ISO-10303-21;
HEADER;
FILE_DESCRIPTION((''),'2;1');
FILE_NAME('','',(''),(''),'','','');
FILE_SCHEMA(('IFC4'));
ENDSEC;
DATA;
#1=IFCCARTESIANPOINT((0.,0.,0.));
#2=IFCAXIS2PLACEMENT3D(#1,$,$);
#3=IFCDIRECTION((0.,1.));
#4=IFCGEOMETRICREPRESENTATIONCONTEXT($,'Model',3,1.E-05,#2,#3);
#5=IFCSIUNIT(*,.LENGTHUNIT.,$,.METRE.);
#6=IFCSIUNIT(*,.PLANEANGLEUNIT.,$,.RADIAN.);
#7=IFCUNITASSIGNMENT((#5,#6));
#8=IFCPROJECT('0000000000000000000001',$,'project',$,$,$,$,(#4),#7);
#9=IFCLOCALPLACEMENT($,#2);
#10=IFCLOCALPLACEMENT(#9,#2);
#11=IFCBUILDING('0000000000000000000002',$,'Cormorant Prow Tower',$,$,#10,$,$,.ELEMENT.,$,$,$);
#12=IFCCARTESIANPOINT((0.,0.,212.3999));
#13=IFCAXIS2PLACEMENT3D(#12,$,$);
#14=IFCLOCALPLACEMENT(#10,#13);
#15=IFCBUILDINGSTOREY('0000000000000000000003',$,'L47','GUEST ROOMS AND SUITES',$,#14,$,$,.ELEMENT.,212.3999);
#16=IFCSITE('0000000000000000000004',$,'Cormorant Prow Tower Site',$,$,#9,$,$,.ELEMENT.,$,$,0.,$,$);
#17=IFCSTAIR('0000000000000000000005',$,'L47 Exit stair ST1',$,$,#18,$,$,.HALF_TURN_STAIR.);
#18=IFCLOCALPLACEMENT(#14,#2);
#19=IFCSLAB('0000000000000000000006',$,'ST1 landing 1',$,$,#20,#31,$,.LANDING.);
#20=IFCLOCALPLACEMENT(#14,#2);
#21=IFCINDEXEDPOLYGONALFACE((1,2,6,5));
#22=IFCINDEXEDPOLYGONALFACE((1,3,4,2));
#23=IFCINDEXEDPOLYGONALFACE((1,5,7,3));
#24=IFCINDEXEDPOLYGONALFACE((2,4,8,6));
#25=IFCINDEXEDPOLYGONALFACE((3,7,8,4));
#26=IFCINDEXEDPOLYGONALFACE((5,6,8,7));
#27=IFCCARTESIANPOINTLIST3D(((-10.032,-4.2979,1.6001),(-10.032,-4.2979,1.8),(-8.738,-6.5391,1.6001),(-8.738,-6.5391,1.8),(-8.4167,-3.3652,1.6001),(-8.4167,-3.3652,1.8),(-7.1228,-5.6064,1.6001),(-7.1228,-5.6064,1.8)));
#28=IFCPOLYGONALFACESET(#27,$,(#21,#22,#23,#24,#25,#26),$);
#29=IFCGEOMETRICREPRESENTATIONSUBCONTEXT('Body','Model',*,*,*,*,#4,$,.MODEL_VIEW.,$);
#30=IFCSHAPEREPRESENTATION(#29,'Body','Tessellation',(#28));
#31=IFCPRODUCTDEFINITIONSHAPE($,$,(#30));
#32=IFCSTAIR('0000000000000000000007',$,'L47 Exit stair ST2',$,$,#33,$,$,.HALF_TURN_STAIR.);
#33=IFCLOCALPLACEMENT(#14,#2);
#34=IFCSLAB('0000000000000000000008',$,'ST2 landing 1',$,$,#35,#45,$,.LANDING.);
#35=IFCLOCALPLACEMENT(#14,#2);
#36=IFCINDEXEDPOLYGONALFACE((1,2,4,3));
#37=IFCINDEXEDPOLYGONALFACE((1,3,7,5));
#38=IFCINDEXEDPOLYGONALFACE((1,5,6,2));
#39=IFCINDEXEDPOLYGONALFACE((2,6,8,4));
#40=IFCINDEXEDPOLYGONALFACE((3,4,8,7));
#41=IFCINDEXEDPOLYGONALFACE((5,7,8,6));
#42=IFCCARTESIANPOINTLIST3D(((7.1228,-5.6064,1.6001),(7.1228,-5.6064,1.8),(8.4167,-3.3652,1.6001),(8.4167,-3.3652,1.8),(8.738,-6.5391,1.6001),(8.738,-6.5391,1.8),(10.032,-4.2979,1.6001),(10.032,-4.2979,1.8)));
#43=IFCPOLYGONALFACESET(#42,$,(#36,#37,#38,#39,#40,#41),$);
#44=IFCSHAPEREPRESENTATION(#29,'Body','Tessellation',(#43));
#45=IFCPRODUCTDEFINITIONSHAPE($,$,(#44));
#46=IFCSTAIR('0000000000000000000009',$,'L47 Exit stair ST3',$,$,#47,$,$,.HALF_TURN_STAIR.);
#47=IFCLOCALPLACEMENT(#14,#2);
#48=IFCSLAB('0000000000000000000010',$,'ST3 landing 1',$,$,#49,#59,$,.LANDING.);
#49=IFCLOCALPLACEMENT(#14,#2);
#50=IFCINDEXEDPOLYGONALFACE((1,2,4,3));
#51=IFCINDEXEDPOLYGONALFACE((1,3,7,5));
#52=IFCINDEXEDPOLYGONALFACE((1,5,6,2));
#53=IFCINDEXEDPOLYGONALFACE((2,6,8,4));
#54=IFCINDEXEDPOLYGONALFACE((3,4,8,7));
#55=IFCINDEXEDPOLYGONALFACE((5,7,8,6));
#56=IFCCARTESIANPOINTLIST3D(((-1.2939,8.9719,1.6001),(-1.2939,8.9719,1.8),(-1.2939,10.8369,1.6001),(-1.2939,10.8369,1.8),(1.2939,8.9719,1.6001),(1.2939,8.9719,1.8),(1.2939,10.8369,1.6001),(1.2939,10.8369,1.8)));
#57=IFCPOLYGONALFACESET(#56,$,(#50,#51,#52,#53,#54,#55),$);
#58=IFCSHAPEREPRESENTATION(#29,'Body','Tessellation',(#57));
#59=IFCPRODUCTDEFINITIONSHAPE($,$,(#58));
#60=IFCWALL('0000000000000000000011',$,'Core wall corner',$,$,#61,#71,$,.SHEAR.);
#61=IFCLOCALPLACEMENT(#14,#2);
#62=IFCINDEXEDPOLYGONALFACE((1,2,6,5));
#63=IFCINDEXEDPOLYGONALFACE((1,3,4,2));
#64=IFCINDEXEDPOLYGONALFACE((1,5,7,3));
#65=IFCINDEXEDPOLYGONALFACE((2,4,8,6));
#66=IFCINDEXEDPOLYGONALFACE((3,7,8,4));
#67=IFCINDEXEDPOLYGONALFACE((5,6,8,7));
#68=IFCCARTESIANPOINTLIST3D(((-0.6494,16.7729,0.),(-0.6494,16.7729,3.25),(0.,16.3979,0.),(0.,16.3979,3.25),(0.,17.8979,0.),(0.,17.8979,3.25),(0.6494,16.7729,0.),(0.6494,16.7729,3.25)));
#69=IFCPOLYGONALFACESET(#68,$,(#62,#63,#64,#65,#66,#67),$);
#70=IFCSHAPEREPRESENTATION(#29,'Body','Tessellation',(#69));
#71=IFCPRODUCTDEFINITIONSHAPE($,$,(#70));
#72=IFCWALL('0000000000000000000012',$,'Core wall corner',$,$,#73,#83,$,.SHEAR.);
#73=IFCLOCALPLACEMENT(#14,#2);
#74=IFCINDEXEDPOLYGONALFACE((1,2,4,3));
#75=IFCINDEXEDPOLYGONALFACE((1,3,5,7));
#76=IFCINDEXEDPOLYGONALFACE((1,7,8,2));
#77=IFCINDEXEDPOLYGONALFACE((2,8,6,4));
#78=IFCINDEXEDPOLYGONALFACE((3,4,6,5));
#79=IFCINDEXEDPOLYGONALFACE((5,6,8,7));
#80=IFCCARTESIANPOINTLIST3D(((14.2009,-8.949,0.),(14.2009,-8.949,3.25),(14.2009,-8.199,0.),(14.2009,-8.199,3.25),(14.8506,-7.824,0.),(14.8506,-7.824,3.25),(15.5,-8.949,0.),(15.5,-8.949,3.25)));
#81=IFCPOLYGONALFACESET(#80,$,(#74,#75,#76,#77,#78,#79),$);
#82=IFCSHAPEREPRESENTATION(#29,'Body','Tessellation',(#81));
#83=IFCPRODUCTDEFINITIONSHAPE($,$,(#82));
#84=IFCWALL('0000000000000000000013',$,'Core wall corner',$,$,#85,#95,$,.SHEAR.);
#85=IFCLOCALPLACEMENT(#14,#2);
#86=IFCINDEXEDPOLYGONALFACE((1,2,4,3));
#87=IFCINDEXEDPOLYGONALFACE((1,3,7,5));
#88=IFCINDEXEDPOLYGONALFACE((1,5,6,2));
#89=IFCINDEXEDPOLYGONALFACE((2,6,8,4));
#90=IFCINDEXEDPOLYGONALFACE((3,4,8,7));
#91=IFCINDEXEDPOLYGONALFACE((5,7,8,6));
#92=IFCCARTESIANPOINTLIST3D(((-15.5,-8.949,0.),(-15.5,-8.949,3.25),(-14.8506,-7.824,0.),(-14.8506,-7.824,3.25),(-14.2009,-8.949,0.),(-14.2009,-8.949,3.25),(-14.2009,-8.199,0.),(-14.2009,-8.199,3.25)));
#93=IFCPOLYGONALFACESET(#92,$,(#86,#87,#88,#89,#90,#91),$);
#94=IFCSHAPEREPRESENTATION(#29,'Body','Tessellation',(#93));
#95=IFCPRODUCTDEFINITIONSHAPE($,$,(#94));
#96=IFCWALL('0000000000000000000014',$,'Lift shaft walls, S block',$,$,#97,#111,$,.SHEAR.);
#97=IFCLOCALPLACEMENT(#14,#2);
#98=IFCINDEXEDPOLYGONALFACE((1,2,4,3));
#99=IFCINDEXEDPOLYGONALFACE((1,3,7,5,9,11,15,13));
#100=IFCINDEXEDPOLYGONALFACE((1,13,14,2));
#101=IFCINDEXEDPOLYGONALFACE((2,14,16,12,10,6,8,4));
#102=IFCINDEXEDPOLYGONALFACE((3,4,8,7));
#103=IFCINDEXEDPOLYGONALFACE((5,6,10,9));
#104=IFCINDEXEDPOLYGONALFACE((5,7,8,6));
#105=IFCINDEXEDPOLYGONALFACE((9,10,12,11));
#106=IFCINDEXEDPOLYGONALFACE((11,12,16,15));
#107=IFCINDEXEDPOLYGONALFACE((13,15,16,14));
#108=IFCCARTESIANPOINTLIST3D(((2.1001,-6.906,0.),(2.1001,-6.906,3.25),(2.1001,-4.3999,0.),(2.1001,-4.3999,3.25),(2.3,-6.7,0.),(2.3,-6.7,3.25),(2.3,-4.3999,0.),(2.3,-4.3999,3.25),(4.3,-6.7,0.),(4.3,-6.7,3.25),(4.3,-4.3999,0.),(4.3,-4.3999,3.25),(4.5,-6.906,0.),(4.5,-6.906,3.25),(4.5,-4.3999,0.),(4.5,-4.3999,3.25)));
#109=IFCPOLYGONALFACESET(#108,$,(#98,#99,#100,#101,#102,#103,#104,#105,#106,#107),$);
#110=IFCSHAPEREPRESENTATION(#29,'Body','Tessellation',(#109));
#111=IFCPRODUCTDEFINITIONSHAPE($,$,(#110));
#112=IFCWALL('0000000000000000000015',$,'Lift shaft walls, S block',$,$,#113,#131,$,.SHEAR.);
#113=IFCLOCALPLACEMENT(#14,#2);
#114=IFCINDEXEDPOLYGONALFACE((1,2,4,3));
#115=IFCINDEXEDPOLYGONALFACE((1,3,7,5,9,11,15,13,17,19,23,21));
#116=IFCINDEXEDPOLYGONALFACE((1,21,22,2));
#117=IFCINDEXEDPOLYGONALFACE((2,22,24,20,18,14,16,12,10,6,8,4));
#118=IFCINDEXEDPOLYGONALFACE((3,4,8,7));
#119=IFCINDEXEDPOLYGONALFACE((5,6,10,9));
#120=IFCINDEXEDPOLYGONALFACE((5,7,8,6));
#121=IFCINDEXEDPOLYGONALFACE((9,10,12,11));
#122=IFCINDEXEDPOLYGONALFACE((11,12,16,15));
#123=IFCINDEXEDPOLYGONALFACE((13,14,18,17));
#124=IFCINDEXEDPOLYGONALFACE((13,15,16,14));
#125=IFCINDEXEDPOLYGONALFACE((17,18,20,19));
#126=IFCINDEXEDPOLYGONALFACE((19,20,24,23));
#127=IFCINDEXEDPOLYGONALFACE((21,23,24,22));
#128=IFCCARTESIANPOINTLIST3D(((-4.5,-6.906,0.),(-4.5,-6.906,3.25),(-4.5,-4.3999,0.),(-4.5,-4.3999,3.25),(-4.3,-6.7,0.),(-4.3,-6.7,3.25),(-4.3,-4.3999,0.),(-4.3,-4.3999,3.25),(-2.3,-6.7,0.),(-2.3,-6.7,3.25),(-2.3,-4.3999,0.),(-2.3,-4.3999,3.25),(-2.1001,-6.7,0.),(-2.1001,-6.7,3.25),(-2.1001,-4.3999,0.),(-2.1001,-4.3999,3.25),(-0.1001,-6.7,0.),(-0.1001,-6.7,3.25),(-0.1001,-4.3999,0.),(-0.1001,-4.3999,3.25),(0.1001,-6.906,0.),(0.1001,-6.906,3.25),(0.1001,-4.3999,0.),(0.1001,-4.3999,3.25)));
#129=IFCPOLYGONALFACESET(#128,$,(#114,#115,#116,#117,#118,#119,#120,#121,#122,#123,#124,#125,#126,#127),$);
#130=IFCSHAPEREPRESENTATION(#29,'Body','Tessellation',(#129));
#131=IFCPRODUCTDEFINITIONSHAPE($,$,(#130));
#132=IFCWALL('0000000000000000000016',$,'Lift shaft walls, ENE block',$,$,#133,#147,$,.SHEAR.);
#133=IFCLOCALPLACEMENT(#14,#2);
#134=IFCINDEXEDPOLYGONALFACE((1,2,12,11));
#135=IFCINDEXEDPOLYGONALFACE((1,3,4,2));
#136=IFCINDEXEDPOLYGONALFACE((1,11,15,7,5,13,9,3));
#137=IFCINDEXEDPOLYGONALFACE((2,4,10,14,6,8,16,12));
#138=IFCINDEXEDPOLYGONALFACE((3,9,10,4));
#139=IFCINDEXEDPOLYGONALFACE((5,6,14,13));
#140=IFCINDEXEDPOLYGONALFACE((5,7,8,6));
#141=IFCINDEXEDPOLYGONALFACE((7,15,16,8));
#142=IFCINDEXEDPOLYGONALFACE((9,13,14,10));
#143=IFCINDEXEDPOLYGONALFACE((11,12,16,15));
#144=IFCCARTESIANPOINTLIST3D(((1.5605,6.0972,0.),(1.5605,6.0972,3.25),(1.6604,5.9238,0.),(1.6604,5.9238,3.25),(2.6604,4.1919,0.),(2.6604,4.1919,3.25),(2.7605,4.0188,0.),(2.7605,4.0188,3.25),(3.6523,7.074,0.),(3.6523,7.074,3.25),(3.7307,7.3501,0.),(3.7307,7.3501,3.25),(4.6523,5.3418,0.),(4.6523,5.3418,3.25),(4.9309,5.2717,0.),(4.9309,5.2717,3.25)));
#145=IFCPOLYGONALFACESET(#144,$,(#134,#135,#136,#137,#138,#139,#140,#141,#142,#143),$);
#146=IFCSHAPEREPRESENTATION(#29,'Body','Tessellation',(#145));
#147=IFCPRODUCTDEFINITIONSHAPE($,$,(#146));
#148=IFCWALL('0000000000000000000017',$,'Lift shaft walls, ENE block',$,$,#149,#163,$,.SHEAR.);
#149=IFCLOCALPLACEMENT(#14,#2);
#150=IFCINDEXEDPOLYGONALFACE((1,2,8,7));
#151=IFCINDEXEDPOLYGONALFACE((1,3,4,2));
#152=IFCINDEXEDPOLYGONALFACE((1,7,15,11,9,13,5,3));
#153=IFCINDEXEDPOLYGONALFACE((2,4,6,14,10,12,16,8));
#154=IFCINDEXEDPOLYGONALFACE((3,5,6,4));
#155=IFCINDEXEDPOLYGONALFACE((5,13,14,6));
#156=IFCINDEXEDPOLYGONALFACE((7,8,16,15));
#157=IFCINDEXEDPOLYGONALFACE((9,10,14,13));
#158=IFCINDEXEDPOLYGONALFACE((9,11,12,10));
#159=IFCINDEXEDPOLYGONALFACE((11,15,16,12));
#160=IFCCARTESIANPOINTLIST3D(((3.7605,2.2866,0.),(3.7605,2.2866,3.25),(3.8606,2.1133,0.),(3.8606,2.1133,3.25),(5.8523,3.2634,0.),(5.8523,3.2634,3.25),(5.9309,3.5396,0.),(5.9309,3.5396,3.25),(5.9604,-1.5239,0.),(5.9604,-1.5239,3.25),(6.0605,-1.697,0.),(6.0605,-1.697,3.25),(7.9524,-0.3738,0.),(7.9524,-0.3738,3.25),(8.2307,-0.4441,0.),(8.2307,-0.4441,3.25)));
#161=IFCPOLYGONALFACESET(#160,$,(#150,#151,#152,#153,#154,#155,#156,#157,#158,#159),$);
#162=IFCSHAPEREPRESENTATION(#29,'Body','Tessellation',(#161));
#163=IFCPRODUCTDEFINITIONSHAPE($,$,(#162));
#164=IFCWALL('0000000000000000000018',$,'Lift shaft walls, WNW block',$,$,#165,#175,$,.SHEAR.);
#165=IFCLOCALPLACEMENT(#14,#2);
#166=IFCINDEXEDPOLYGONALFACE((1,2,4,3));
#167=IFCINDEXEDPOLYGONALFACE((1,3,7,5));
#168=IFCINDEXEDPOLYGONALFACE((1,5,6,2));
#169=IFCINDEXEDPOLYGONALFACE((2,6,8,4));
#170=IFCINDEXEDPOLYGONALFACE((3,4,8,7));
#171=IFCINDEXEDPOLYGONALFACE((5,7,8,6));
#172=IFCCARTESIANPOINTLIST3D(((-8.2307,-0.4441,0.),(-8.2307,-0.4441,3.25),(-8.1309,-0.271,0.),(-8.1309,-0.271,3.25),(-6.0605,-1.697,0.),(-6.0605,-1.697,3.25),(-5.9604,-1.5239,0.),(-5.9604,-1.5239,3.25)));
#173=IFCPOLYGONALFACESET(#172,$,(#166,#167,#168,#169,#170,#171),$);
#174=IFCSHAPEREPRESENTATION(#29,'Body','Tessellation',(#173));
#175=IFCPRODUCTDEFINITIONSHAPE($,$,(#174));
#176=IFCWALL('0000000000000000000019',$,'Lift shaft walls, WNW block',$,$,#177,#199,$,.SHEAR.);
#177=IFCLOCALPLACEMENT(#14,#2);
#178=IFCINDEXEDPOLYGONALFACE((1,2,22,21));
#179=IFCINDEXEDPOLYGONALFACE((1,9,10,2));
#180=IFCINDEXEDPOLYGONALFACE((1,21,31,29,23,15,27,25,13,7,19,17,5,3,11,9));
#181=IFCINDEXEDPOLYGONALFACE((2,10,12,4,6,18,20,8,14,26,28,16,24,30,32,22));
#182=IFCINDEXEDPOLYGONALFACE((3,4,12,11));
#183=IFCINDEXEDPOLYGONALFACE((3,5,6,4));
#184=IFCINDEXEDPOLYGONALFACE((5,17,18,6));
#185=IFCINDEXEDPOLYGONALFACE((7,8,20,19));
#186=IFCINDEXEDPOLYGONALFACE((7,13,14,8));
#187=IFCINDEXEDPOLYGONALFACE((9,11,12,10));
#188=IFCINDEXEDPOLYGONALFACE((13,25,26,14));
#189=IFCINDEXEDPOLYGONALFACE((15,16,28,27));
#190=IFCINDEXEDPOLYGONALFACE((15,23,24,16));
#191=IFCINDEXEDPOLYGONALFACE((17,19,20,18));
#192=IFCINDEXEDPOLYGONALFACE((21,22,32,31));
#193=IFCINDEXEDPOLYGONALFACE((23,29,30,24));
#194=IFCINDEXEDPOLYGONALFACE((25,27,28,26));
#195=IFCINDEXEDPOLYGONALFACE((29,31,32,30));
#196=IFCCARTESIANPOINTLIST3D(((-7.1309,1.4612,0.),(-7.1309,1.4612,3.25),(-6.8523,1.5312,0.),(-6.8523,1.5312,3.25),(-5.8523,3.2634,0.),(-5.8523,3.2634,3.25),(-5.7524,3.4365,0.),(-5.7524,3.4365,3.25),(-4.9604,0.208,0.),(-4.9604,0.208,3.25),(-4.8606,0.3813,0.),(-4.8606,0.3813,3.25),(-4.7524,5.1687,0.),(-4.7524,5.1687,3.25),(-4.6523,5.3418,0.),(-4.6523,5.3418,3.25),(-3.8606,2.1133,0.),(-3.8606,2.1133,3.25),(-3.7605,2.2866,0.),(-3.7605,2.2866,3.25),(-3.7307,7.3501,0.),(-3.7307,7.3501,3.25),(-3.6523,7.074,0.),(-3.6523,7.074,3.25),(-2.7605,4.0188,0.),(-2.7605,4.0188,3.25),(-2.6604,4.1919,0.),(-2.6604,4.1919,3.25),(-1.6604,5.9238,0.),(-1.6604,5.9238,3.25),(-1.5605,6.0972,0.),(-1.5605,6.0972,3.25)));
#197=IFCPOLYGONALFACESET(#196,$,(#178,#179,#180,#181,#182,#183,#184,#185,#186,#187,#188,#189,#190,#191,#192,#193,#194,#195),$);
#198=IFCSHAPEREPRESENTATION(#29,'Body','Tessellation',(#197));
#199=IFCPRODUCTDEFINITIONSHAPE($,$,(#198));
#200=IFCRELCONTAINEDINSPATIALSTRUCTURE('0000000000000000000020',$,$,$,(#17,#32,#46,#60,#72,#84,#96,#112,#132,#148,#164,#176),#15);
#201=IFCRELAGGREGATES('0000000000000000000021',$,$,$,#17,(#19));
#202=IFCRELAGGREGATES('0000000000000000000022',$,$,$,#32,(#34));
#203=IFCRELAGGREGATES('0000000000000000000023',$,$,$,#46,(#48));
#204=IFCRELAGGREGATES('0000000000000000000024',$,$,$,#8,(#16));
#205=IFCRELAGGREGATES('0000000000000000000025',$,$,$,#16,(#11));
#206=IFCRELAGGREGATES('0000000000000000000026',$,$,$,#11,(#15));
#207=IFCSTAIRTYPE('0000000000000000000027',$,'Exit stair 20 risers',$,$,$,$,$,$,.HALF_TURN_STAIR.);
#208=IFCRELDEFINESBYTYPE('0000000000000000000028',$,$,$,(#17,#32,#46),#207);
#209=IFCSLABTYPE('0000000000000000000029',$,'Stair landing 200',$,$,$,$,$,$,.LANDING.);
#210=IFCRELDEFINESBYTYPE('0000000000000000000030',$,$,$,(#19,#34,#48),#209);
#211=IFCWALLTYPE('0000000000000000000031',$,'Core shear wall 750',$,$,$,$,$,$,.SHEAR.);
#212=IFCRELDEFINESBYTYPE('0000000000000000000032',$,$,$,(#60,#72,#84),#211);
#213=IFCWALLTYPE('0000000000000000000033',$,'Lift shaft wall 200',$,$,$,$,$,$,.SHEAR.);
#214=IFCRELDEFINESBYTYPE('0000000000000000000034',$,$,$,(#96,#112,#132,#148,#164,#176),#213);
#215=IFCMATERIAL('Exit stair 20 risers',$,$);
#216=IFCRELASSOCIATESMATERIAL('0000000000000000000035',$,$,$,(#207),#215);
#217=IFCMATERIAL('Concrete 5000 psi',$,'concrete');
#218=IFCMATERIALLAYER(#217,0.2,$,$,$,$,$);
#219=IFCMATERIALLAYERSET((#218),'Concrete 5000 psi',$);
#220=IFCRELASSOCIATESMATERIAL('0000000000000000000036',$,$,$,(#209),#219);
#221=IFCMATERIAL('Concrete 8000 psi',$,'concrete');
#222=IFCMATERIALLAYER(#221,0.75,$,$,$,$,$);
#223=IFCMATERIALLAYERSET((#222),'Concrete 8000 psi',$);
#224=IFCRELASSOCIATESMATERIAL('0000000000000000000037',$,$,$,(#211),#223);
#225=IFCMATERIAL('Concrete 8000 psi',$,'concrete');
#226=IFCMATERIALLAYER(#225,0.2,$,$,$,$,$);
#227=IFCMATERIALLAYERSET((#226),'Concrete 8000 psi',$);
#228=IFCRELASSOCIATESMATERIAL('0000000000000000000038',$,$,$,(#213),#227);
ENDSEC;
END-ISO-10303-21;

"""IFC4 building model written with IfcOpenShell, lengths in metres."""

from ifc_helpers import new_model, si_unit, direction, frame, origin, place, context, subcontext, project, spatial, polyline, outline, extrude, material, layer, layer_set, type_object, element, aggregate, save


model = new_model("IFC4")

# Units and contexts
model_context = context("Model", 3, precision=1e-05, world=origin(), true_north=direction((0.0, 1.0)))
body_context = subcontext(model_context, "Body", "Model", "MODEL_VIEW")
ifc_project = project(units=[si_unit("LENGTHUNIT", "METRE"), si_unit("PLANEANGLEUNIT", "RADIAN")], contexts=[model_context])

# Site, building, storey
site_placement = place(None, origin())
site = spatial("IfcSite", under=ifc_project, at=site_placement, Name="Cormorant Prow Tower Site", CompositionType="ELEMENT", RefElevation=0.0)
building_placement = place(site_placement, origin())
building = spatial("IfcBuilding", under=site, at=building_placement, Name="Cormorant Prow Tower", CompositionType="ELEMENT")
storey_placement = place(building_placement, frame((0.0, 0.0, 212.3999)))
storey = spatial("IfcBuildingStorey", under=building, at=storey_placement, Name="L47", Description="GUEST ROOMS AND SUITES", CompositionType="ELEMENT", Elevation=212.3999)

# Stairs, slabs
ifc_material_1 = material(Name="Exit stair 20 risers")
stair_type = type_object("IfcStairType", Name="Exit stair 20 risers", PredefinedType="HALF_TURN_STAIR", material=ifc_material_1)
stair_1_placement = place(storey_placement, origin())
stair_1 = element("IfcStair", 1, at=stair_1_placement, inside=storey, type_object=stair_type, Name="L47 Exit stair ST1", PredefinedType="HALF_TURN_STAIR")
ifc_material_2 = material(Name="Concrete 5000 psi", Category="concrete")
ifc_layer_1 = layer(ifc_material_2, 0.2)
ifc_layer_set_1 = layer_set([ifc_layer_1], Name="Concrete 5000 psi")
slab_type = type_object("IfcSlabType", Name="Stair landing 200", PredefinedType="LANDING", material=ifc_layer_set_1)
slab_1_placement = place(storey_placement, frame((0.0, 0.0, 1.6001)))
slab_1 = element("IfcSlab", 2, at=slab_1_placement, type_object=slab_type, Name="ST1 landing 1", PredefinedType="LANDING", context=body_context, shape_type="SweptSolid", body=[
    extrude(outline(polyline([(-8.4167, -3.3652), (-10.032, -4.2979), (-8.738, -6.5391), (-7.1228, -5.6064), (-8.4167, -3.3652)])), origin(), (0.0, 0.0, 1.0), 0.2),
])
aggregate(stair_1, [slab_1])
stair_2_placement = place(storey_placement, origin())
stair_2 = element("IfcStair", 3, at=stair_2_placement, inside=storey, type_object=stair_type, Name="L47 Exit stair ST2", PredefinedType="HALF_TURN_STAIR")
slab_2_placement = place(storey_placement, frame((0.0, 0.0, 1.6001)))
slab_2 = element("IfcSlab", 4, at=slab_2_placement, type_object=slab_type, Name="ST2 landing 1", PredefinedType="LANDING", context=body_context, shape_type="SweptSolid", body=[
    extrude(outline(polyline([(7.1228, -5.6064), (8.738, -6.5391), (10.032, -4.2979), (8.4167, -3.3652), (7.1228, -5.6064)])), origin(), (0.0, 0.0, 1.0), 0.2),
])
aggregate(stair_2, [slab_2])
stair_3_placement = place(storey_placement, origin())
stair_3 = element("IfcStair", 5, at=stair_3_placement, inside=storey, type_object=stair_type, Name="L47 Exit stair ST3", PredefinedType="HALF_TURN_STAIR")
slab_3_placement = place(storey_placement, frame((0.0, 0.0, 1.6001)))
slab_3 = element("IfcSlab", 6, at=slab_3_placement, type_object=slab_type, Name="ST3 landing 1", PredefinedType="LANDING", context=body_context, shape_type="SweptSolid", body=[
    extrude(outline(polyline([(1.2939, 8.9719), (1.2939, 10.8369), (-1.2939, 10.8369), (-1.2939, 8.9719), (1.2939, 8.9719)])), origin(), (0.0, 0.0, 1.0), 0.2),
])
aggregate(stair_3, [slab_3])

# Walls
ifc_material_3 = material(Name="Concrete 8000 psi", Category="concrete")
ifc_layer_2 = layer(ifc_material_3, 0.75)
ifc_layer_set_2 = layer_set([ifc_layer_2], Name="Concrete 8000 psi")
wall_type_1 = type_object("IfcWallType", Name="Core shear wall 750", PredefinedType="SHEAR", material=ifc_layer_set_2)
wall_1_placement = place(storey_placement, origin())
element("IfcWall", 7, at=wall_1_placement, inside=storey, type_object=wall_type_1, Name="Core wall corner", PredefinedType="SHEAR", context=body_context, shape_type="SweptSolid", body=[
    extrude(outline(polyline([(-0.6494, 16.7729), (0.0, 17.8979), (0.6494, 16.7729), (0.0, 16.3979), (-0.6494, 16.7729)])), origin(), (0.0, 0.0, 1.0), 3.25),
])
wall_2_placement = place(storey_placement, origin())
element("IfcWall", 8, at=wall_2_placement, inside=storey, type_object=wall_type_1, Name="Core wall corner", PredefinedType="SHEAR", context=body_context, shape_type="SweptSolid", body=[
    extrude(outline(polyline([(14.2009, -8.949), (14.2009, -8.199), (14.8506, -7.824), (15.5, -8.949), (14.2009, -8.949)])), origin(), (0.0, 0.0, 1.0), 3.25),
])
wall_3_placement = place(storey_placement, origin())
element("IfcWall", 9, at=wall_3_placement, inside=storey, type_object=wall_type_1, Name="Core wall corner", PredefinedType="SHEAR", context=body_context, shape_type="SweptSolid", body=[
    extrude(outline(polyline([(-14.8506, -7.824), (-14.2009, -8.199), (-14.2009, -8.949), (-15.5, -8.949), (-14.8506, -7.824)])), origin(), (0.0, 0.0, 1.0), 3.25),
])
ifc_material_4 = material(Name="Concrete 8000 psi", Category="concrete")
ifc_layer_3 = layer(ifc_material_4, 0.2)
ifc_layer_set_3 = layer_set([ifc_layer_3], Name="Concrete 8000 psi")
wall_type_2 = type_object("IfcWallType", Name="Lift shaft wall 200", PredefinedType="SHEAR", material=ifc_layer_set_3)
wall_4_placement = place(storey_placement, origin())
element("IfcWall", 10, at=wall_4_placement, inside=storey, type_object=wall_type_2, Name="Lift shaft walls, S block", PredefinedType="SHEAR", context=body_context, shape_type="SweptSolid", body=[
    extrude(outline(polyline([(4.5, -4.3999), (4.5, -6.906), (2.1001, -6.906), (2.1001, -4.3999), (2.3, -4.3999), (2.3, -6.7), (4.3, -6.7), (4.3, -4.3999), (4.5, -4.3999)])), origin(), (0.0, 0.0, 1.0), 3.25),
])
wall_5_placement = place(storey_placement, origin())
element("IfcWall", 11, at=wall_5_placement, inside=storey, type_object=wall_type_2, Name="Lift shaft walls, S block", PredefinedType="SHEAR", context=body_context, shape_type="SweptSolid", body=[
    extrude(outline(polyline([(0.1001, -4.3999), (0.1001, -6.906), (-4.5, -6.906), (-4.5, -4.3999), (-4.3, -4.3999), (-4.3, -6.7), (-2.3, -6.7), (-2.3, -4.3999), (-2.1001, -4.3999), (-2.1001, -6.7), (-0.1001, -6.7), (-0.1001, -4.3999), (0.1001, -4.3999)])), origin(), (0.0, 0.0, 1.0), 3.25),
])
wall_6_placement = place(storey_placement, origin())
element("IfcWall", 12, at=wall_6_placement, inside=storey, type_object=wall_type_2, Name="Lift shaft walls, ENE block", PredefinedType="SHEAR", context=body_context, shape_type="SweptSolid", body=[
    extrude(outline(polyline([(1.5605, 6.0972), (3.7307, 7.3501), (4.9309, 5.2717), (2.7605, 4.0188), (2.6604, 4.1919), (4.6523, 5.3418), (3.6523, 7.074), (1.6604, 5.9238), (1.5605, 6.0972)])), origin(), (0.0, 0.0, 1.0), 3.25),
])
wall_7_placement = place(storey_placement, origin())
element("IfcWall", 13, at=wall_7_placement, inside=storey, type_object=wall_type_2, Name="Lift shaft walls, ENE block", PredefinedType="SHEAR", context=body_context, shape_type="SweptSolid", body=[
    extrude(outline(polyline([(3.7605, 2.2866), (5.9309, 3.5396), (8.2307, -0.4441), (6.0605, -1.697), (5.9604, -1.5239), (7.9524, -0.3738), (5.8523, 3.2634), (3.8606, 2.1133), (3.7605, 2.2866)])), origin(), (0.0, 0.0, 1.0), 3.25),
])
wall_8_placement = place(storey_placement, origin())
element("IfcWall", 14, at=wall_8_placement, inside=storey, type_object=wall_type_2, Name="Lift shaft walls, WNW block", PredefinedType="SHEAR", context=body_context, shape_type="SweptSolid", body=[
    extrude(outline(polyline([(-6.0605, -1.697), (-8.2307, -0.4441), (-8.1309, -0.271), (-5.9604, -1.5239), (-6.0605, -1.697)])), origin(), (0.0, 0.0, 1.0), 3.25),
])
wall_9_placement = place(storey_placement, origin())
element("IfcWall", 15, at=wall_9_placement, inside=storey, type_object=wall_type_2, Name="Lift shaft walls, WNW block", PredefinedType="SHEAR", context=body_context, shape_type="SweptSolid", body=[
    extrude(outline(polyline([(-4.9604, 0.208), (-7.1309, 1.4612), (-3.7307, 7.3501), (-1.5605, 6.0972), (-1.6604, 5.9238), (-3.6523, 7.074), (-4.6523, 5.3418), (-2.6604, 4.1919), (-2.7605, 4.0188), (-4.7524, 5.1687), (-5.7524, 3.4365), (-3.7605, 2.2866), (-3.8606, 2.1133), (-5.8523, 3.2634), (-6.8523, 1.5312), (-4.8606, 0.3813), (-4.9604, 0.208)])), origin(), (0.0, 0.0, 1.0), 3.25),
])

save(model, "model.ifc")
